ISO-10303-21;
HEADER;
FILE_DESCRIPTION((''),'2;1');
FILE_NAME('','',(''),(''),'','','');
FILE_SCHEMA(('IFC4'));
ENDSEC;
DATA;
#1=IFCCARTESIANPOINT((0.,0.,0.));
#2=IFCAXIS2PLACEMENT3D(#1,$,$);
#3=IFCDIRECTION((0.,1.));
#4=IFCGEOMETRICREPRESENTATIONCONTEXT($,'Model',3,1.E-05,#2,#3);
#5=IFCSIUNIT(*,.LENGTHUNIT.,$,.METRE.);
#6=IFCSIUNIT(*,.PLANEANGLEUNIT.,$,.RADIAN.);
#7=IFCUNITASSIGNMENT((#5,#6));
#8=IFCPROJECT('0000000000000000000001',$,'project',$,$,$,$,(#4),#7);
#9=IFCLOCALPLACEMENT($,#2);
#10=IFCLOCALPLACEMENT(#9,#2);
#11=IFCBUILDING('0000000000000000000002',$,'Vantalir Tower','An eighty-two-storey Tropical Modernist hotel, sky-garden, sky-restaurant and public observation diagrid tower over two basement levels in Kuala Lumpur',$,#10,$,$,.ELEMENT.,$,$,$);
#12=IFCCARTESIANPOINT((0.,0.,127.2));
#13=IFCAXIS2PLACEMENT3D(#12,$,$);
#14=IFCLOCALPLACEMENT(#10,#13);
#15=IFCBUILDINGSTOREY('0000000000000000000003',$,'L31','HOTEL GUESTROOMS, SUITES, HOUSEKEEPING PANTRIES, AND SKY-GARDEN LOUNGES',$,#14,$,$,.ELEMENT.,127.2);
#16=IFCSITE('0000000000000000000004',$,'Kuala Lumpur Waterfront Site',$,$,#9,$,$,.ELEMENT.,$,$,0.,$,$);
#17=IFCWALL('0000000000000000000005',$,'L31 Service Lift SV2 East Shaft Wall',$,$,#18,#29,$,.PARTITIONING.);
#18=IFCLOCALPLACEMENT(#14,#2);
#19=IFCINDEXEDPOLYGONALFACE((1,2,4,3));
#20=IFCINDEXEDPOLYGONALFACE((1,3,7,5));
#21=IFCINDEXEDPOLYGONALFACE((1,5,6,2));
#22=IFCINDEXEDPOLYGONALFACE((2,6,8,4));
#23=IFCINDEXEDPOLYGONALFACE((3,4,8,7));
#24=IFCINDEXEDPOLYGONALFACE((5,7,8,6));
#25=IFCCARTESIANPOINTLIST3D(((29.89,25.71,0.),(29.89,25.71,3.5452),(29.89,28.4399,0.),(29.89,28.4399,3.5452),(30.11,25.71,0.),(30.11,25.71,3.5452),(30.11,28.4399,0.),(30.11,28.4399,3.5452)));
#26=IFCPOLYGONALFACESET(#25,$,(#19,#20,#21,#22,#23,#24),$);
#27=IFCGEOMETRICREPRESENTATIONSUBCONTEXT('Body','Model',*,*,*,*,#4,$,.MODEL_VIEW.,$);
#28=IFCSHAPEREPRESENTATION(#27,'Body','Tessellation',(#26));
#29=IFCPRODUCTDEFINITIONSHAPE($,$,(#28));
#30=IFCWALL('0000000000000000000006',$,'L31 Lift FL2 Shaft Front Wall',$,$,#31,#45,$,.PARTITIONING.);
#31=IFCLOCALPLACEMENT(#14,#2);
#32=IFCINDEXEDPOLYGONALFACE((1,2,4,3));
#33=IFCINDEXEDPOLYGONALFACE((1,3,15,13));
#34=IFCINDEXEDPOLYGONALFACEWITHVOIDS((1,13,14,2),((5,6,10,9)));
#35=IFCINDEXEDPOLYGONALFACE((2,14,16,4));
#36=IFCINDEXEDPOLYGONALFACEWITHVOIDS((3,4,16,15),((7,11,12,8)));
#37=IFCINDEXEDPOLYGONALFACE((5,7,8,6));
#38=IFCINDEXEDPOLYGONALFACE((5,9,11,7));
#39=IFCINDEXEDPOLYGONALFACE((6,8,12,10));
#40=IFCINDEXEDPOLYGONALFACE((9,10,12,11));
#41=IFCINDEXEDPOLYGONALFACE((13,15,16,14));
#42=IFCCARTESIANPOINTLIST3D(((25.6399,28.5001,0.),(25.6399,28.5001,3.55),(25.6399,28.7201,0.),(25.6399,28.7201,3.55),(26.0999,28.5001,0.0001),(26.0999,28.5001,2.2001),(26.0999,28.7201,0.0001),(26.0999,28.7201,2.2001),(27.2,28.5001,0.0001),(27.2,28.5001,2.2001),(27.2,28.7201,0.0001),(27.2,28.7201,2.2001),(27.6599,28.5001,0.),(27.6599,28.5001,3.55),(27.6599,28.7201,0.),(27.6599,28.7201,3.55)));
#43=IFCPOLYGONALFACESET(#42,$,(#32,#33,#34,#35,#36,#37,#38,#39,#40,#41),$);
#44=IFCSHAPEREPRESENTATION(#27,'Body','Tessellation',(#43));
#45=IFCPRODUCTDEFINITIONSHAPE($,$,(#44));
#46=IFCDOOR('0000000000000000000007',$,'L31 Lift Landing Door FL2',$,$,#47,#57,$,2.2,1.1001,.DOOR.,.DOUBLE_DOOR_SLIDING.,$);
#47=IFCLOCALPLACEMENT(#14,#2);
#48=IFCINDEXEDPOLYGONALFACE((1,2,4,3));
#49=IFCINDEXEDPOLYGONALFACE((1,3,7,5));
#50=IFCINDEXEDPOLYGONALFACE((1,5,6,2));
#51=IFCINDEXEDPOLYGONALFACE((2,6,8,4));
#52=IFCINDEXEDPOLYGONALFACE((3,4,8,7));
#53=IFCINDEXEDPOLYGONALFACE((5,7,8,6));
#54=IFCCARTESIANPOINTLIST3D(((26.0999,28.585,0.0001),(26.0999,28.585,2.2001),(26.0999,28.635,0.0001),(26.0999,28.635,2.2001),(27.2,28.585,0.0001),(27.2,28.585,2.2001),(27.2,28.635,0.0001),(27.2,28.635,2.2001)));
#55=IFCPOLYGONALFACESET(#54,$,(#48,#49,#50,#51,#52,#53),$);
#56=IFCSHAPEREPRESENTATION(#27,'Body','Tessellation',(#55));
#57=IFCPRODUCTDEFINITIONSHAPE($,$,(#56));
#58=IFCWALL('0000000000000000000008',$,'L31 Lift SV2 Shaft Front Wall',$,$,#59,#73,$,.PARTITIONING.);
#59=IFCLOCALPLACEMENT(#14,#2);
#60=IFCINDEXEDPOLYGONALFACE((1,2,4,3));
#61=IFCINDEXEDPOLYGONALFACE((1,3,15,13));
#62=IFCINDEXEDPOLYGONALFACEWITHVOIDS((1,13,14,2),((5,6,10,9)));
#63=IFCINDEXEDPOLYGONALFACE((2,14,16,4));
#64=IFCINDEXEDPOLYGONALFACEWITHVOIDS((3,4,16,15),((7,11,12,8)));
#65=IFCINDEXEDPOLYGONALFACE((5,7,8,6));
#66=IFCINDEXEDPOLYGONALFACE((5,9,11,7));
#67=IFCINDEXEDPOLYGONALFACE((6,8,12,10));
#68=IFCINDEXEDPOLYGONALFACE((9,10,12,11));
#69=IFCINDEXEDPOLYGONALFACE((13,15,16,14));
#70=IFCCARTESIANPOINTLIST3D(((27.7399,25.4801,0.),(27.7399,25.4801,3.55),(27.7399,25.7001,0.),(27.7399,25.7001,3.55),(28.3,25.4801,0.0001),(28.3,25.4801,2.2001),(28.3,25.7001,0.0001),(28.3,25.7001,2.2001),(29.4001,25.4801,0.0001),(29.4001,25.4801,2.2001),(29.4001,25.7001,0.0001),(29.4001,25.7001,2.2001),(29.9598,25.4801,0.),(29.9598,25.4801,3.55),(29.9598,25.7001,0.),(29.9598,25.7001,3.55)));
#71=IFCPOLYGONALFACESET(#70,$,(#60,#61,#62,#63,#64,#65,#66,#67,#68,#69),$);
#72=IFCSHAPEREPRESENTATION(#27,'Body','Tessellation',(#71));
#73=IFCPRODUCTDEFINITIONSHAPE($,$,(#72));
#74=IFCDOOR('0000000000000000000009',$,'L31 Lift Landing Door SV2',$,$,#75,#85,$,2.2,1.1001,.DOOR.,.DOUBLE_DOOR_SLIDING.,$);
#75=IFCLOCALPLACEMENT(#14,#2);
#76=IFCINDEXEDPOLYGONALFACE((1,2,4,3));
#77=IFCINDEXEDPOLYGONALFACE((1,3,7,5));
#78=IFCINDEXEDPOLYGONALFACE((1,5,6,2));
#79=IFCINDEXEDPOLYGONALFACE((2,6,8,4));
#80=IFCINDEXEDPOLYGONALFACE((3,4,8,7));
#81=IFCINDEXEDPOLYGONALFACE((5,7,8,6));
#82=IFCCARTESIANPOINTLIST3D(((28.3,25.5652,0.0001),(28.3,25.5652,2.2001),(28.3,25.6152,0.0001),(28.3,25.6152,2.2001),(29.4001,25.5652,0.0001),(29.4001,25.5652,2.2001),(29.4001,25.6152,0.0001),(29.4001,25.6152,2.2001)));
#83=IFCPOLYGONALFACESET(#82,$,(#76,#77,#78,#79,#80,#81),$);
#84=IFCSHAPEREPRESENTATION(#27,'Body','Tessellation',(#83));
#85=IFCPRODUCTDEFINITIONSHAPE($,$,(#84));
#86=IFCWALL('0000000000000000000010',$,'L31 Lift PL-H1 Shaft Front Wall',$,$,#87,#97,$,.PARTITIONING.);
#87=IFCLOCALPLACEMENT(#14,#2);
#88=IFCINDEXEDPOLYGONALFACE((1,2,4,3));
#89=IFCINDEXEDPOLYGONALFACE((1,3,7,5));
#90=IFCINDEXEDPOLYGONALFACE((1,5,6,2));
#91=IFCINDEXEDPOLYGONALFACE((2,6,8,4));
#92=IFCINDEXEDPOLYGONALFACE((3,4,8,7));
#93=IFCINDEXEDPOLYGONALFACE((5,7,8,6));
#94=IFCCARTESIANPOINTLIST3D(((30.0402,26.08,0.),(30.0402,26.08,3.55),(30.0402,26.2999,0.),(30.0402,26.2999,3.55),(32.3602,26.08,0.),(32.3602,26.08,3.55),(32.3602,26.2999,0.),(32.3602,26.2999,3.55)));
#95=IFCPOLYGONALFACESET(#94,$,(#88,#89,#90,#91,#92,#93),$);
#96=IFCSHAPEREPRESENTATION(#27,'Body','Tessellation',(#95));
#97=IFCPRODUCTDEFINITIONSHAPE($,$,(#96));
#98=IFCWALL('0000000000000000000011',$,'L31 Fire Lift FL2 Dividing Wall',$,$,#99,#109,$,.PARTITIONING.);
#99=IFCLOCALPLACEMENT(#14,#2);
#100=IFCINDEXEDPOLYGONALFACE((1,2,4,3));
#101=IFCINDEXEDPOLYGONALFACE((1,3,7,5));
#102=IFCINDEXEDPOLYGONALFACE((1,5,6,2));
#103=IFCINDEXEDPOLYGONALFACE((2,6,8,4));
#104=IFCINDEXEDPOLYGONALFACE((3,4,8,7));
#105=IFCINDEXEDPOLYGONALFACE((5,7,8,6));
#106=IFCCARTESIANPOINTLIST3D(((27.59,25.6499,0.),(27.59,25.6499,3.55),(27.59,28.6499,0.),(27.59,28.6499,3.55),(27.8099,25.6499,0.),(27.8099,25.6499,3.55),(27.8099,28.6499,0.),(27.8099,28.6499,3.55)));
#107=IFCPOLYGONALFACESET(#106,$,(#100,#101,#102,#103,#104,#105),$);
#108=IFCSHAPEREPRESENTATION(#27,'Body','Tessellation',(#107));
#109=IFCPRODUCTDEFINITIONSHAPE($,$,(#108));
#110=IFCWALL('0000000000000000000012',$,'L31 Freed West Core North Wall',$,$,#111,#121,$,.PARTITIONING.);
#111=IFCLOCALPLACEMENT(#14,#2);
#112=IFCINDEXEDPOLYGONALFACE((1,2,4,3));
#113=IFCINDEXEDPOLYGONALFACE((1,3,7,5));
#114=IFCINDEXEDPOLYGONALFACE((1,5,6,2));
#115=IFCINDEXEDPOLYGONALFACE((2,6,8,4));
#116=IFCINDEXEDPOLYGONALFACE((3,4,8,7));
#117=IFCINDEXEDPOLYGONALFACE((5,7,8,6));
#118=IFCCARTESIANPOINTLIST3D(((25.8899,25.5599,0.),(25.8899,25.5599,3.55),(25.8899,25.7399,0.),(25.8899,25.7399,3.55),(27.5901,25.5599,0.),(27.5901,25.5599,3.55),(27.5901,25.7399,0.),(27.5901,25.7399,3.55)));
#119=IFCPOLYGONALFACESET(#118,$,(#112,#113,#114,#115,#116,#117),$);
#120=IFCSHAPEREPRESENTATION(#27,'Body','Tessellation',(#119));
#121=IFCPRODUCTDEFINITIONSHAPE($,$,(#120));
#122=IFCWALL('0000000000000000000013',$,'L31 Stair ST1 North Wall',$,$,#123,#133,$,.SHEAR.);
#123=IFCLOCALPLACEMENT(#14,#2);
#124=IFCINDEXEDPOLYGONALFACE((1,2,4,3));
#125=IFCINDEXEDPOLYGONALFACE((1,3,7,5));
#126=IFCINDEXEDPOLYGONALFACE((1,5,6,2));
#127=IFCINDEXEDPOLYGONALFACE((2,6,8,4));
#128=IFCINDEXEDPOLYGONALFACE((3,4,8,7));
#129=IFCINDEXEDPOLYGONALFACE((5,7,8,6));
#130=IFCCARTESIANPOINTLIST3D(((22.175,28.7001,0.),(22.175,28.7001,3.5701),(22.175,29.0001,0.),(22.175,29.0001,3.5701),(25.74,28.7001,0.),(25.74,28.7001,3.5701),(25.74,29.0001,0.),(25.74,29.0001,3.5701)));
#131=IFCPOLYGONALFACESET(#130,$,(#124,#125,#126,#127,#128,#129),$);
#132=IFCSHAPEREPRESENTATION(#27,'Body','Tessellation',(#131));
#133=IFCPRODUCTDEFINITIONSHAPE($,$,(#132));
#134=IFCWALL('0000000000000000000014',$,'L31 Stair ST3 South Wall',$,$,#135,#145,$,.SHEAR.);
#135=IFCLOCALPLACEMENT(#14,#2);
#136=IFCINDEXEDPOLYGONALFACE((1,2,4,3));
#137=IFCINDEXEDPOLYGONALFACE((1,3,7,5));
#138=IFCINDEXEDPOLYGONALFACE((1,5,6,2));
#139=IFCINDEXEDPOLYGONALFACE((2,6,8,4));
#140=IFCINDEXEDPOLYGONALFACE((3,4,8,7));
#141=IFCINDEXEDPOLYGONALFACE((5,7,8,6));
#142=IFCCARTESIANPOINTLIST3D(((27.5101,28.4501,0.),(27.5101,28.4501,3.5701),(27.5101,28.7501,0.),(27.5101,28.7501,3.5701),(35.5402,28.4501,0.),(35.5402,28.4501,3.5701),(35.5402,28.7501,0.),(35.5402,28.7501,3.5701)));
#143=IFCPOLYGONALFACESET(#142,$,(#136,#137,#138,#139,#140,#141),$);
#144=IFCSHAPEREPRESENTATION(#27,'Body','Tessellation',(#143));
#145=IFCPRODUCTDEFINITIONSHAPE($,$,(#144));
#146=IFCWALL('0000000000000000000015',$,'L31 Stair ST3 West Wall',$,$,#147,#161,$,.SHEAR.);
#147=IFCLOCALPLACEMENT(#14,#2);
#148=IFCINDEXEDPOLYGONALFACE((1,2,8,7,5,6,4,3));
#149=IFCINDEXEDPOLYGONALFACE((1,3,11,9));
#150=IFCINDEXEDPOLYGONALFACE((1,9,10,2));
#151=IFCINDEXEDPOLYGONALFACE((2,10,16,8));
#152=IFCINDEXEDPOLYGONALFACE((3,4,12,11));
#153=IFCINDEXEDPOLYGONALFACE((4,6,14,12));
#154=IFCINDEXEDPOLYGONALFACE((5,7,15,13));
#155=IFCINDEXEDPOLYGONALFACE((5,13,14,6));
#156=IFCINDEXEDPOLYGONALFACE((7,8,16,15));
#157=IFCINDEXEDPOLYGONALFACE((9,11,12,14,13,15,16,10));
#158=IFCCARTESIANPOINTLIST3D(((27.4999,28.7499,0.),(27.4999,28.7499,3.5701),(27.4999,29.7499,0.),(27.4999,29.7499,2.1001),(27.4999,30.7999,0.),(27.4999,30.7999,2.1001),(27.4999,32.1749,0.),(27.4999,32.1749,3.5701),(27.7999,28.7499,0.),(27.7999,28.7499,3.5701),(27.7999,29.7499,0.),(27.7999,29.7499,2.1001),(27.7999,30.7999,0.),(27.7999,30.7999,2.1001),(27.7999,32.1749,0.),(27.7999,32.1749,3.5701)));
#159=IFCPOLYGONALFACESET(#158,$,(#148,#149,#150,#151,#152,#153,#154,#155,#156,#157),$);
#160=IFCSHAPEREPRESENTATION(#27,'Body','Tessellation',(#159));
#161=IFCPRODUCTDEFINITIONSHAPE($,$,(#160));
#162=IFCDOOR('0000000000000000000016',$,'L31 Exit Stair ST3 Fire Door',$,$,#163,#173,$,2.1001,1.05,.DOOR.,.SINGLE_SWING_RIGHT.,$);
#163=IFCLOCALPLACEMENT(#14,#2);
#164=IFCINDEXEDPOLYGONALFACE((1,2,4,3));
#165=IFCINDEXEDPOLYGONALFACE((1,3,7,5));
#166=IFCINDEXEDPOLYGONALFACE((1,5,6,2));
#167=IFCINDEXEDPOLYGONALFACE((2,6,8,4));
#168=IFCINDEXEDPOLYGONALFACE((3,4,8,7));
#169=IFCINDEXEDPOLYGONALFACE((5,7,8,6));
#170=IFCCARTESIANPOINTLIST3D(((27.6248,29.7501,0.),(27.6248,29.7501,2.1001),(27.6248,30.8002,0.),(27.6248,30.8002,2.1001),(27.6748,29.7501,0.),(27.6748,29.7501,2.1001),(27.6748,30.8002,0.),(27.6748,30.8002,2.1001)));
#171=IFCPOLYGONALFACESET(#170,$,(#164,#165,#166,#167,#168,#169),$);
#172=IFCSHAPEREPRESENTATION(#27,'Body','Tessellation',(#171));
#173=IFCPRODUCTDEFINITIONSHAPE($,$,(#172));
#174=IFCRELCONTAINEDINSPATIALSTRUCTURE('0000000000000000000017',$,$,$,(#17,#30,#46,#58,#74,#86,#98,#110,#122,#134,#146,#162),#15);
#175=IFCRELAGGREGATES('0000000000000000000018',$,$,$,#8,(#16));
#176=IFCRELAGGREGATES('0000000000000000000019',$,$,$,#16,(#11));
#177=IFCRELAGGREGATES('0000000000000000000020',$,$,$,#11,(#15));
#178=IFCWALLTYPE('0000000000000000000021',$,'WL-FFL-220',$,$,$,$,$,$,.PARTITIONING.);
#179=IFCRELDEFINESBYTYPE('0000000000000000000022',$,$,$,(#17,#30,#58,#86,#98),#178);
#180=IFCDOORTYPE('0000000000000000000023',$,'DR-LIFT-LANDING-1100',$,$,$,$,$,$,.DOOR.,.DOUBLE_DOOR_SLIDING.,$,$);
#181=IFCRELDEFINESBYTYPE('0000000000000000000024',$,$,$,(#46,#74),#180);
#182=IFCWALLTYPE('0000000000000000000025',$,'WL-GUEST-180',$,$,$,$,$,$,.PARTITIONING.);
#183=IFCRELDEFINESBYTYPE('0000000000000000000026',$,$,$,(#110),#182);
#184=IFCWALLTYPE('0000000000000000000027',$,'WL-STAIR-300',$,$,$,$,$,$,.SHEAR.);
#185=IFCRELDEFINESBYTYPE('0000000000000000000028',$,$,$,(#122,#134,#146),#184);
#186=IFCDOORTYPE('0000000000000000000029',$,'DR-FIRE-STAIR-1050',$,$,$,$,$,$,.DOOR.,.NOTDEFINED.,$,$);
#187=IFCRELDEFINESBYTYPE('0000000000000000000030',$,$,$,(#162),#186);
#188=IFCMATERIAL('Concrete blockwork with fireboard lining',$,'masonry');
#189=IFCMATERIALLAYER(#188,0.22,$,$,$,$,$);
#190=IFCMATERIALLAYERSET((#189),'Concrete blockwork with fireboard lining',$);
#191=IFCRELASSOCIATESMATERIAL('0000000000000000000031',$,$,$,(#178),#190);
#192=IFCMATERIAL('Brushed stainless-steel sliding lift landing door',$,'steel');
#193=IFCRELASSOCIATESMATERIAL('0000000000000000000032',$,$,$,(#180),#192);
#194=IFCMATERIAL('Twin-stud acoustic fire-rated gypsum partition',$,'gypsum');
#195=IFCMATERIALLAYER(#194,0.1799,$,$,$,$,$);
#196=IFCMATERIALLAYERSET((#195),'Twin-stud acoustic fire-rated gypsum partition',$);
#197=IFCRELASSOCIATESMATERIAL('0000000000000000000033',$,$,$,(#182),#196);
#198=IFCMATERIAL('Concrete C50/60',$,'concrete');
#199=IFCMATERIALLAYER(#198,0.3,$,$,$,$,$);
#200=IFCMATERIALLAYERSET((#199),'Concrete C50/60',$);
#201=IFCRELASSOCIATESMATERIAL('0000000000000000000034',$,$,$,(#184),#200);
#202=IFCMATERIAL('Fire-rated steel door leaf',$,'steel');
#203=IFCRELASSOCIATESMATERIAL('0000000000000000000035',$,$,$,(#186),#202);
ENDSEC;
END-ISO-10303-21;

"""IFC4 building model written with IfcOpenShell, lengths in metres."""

from ifc_helpers import new_model, si_unit, direction, frame, frame_2d, origin, place, context, subcontext, project, spatial, rectangle, extrude, material, layer, layer_set, type_object, element, fill, save


model = new_model("IFC4")

# Units and contexts
model_context = context("Model", 3, precision=1e-05, world=origin(), true_north=direction((0.0, 1.0)))
body_context = subcontext(model_context, "Body", "Model", "MODEL_VIEW")
ifc_project = project(units=[si_unit("LENGTHUNIT", "METRE"), si_unit("PLANEANGLEUNIT", "RADIAN")], contexts=[model_context])

# Site, building, storey
site_placement = place(None, origin())
site = spatial("IfcSite", under=ifc_project, at=site_placement, Name="Kuala Lumpur Waterfront Site", CompositionType="ELEMENT", RefElevation=0.0)
building_placement = place(site_placement, origin())
building = spatial("IfcBuilding", under=site, at=building_placement, Name="Vantalir Tower", Description="An eighty-two-storey Tropical Modernist hotel, sky-garden, sky-restaurant and public observation diagrid tower over two basement levels in Kuala Lumpur", CompositionType="ELEMENT")
storey_placement = place(building_placement, frame((0.0, 0.0, 127.2)))
storey = spatial("IfcBuildingStorey", under=building, at=storey_placement, Name="L31", Description="HOTEL GUESTROOMS, SUITES, HOUSEKEEPING PANTRIES, AND SKY-GARDEN LOUNGES", CompositionType="ELEMENT", Elevation=127.2)

# Wall
ifc_material_1 = material(Name="Concrete blockwork with fireboard lining", Category="masonry")
ifc_layer_1 = layer(ifc_material_1, 0.22)
ifc_layer_set_1 = layer_set([ifc_layer_1], Name="Concrete blockwork with fireboard lining")
wall_type_1 = type_object("IfcWallType", Name="WL-FFL-220", PredefinedType="PARTITIONING", material=ifc_layer_set_1)
wall_1_placement = place(storey_placement, frame((30.0, 25.71, 0.0), z_axis=(0.0, 0.0, 1.0), x_axis=(0.0, 1.0, 0.0)))
element("IfcWall", 1, at=wall_1_placement, inside=storey, type_object=wall_type_1, Name="L31 Service Lift SV2 East Shaft Wall", PredefinedType="PARTITIONING", context=body_context, shape_type="SweptSolid", body=[
    extrude(rectangle(XDim=2.73, YDim=0.22, at=frame_2d((1.365, 0.0))), origin(), (0.0, 0.0, 1.0), 3.5452),
])

# Walls, openings, doors
wall_2_placement = place(storey_placement, frame((25.6399, 28.6101, 0.0), z_axis=(0.0, 0.0, 1.0), x_axis=(1.0, 0.0, 0.0)))
wall_2 = element("IfcWall", 2, at=wall_2_placement, inside=storey, type_object=wall_type_1, Name="L31 Lift FL2 Shaft Front Wall", PredefinedType="PARTITIONING", context=body_context, shape_type="SweptSolid", body=[
    extrude(rectangle(XDim=2.02, YDim=0.22, at=frame_2d((1.01, 0.0))), origin(), (0.0, 0.0, 1.0), 3.55),
])
opening_1_placement = place(wall_2_placement, frame((0.46, 0.0, 0.0)))
opening_1 = element("IfcOpeningElement", 3, at=opening_1_placement, cuts=wall_2, PredefinedType="OPENING", context=body_context, shape_type="SweptSolid", body=[
    extrude(rectangle(XDim=1.1001, YDim=2.2, at=frame_2d((0.55, 1.1001))), frame((0.0, 0.1199, 0.0), z_axis=(0.0, -1.0, 0.0), x_axis=(1.0, 0.0, 0.0)), (0.0, 0.0, 1.0), 0.24),
])
ifc_material_2 = material(Name="Brushed stainless-steel sliding lift landing door", Category="steel")
door_type_1 = type_object("IfcDoorType", Name="DR-LIFT-LANDING-1100", OperationType="DOUBLE_DOOR_SLIDING", PredefinedType="DOOR", material=ifc_material_2)
door_1_placement = place(opening_1_placement, origin())
door_1 = element("IfcDoor", 4, at=door_1_placement, inside=storey, type_object=door_type_1, Name="L31 Lift Landing Door FL2", OperationType="DOUBLE_DOOR_SLIDING", OverallHeight=2.2, OverallWidth=1.1001, PredefinedType="DOOR", context=body_context, shape_type="SweptSolid", body=[
    extrude(rectangle(XDim=1.1001, YDim=2.2, at=frame_2d((0.55, 1.1001))), frame((0.0, 0.0249, 0.0), z_axis=(0.0, -1.0, 0.0), x_axis=(1.0, 0.0, 0.0)), (0.0, 0.0, 1.0), 0.05),
])
fill(opening_1, door_1)
wall_3_placement = place(storey_placement, frame((27.74, 25.5901, 0.0), z_axis=(0.0, 0.0, 1.0), x_axis=(1.0, 0.0, 0.0)))
wall_3 = element("IfcWall", 5, at=wall_3_placement, inside=storey, type_object=wall_type_1, Name="L31 Lift SV2 Shaft Front Wall", PredefinedType="PARTITIONING", context=body_context, shape_type="SweptSolid", body=[
    extrude(rectangle(XDim=2.22, YDim=0.22, at=frame_2d((1.1099, 0.0))), origin(), (0.0, 0.0, 1.0), 3.55),
])
opening_2_placement = place(wall_3_placement, frame((0.5601, 0.0, 0.0)))
opening_2 = element("IfcOpeningElement", 6, at=opening_2_placement, cuts=wall_3, PredefinedType="OPENING", context=body_context, shape_type="SweptSolid", body=[
    extrude(rectangle(XDim=1.1001, YDim=2.2, at=frame_2d((0.55, 1.1001))), frame((0.0, 0.1199, 0.0), z_axis=(0.0, -1.0, 0.0), x_axis=(1.0, 0.0, 0.0)), (0.0, 0.0, 1.0), 0.24),
])
door_2_placement = place(opening_2_placement, frame((1.1001, 0.0, 0.0), z_axis=(0.0, 0.0, 1.0), x_axis=(-1.0, 0.0, 0.0)))
door_2 = element("IfcDoor", 7, at=door_2_placement, inside=storey, type_object=door_type_1, Name="L31 Lift Landing Door SV2", OperationType="DOUBLE_DOOR_SLIDING", OverallHeight=2.2, OverallWidth=1.1001, PredefinedType="DOOR", context=body_context, shape_type="SweptSolid", body=[
    extrude(rectangle(XDim=1.1001, YDim=2.2, at=frame_2d((0.55, 1.1001))), frame((0.0, 0.0249, 0.0), z_axis=(0.0, -1.0, 0.0), x_axis=(1.0, 0.0, 0.0)), (0.0, 0.0, 1.0), 0.05),
])
fill(opening_2, door_2)

# Walls
wall_4_placement = place(storey_placement, frame((30.04, 26.1899, 0.0), z_axis=(0.0, 0.0, 1.0), x_axis=(1.0, 0.0, 0.0)))
element("IfcWall", 8, at=wall_4_placement, inside=storey, type_object=wall_type_1, Name="L31 Lift PL-H1 Shaft Front Wall", PredefinedType="PARTITIONING", context=body_context, shape_type="SweptSolid", body=[
    extrude(rectangle(XDim=2.3201, YDim=0.22, at=frame_2d((1.1602, 0.0))), origin(), (0.0, 0.0, 1.0), 3.55),
])
wall_5_placement = place(storey_placement, frame((27.7, 25.6499, 0.0), z_axis=(0.0, 0.0, 1.0), x_axis=(0.0, 1.0, 0.0)))
element("IfcWall", 9, at=wall_5_placement, inside=storey, type_object=wall_type_1, Name="L31 Fire Lift FL2 Dividing Wall", PredefinedType="PARTITIONING", context=body_context, shape_type="SweptSolid", body=[
    extrude(rectangle(XDim=3.0, YDim=0.22, at=frame_2d((1.5, 0.0))), origin(), (0.0, 0.0, 1.0), 3.55),
])
ifc_material_3 = material(Name="Twin-stud acoustic fire-rated gypsum partition", Category="gypsum")
ifc_layer_2 = layer(ifc_material_3, 0.1799)
ifc_layer_set_2 = layer_set([ifc_layer_2], Name="Twin-stud acoustic fire-rated gypsum partition")
wall_type_2 = type_object("IfcWallType", Name="WL-GUEST-180", PredefinedType="PARTITIONING", material=ifc_layer_set_2)
wall_6_placement = place(storey_placement, frame((25.8899, 25.6499, 0.0), z_axis=(0.0, 0.0, 1.0), x_axis=(1.0, 0.0, 0.0)))
element("IfcWall", 10, at=wall_6_placement, inside=storey, type_object=wall_type_2, Name="L31 Freed West Core North Wall", PredefinedType="PARTITIONING", context=body_context, shape_type="SweptSolid", body=[
    extrude(rectangle(XDim=1.7002, YDim=0.1799, at=frame_2d((0.8501, 0.0))), origin(), (0.0, 0.0, 1.0), 3.55),
])
ifc_material_4 = material(Name="Concrete C50/60", Category="concrete")
ifc_layer_3 = layer(ifc_material_4, 0.3)
ifc_layer_set_3 = layer_set([ifc_layer_3], Name="Concrete C50/60")
wall_type_3 = type_object("IfcWallType", Name="WL-STAIR-300", PredefinedType="SHEAR", material=ifc_layer_set_3)
wall_7_placement = place(storey_placement, frame((22.175, 28.8501, 0.0), z_axis=(0.0, 0.0, 1.0), x_axis=(1.0, 0.0, 0.0)))
element("IfcWall", 11, at=wall_7_placement, inside=storey, type_object=wall_type_3, Name="L31 Stair ST1 North Wall", PredefinedType="SHEAR", context=body_context, shape_type="SweptSolid", body=[
    extrude(rectangle(XDim=3.5649, YDim=0.3, at=frame_2d((1.7825, 0.0))), origin(), (0.0, 0.0, 1.0), 3.5701),
])
wall_8_placement = place(storey_placement, frame((27.51, 28.6001, 0.0), z_axis=(0.0, 0.0, 1.0), x_axis=(1.0, 0.0, 0.0)))
element("IfcWall", 12, at=wall_8_placement, inside=storey, type_object=wall_type_3, Name="L31 Stair ST3 South Wall", PredefinedType="SHEAR", context=body_context, shape_type="SweptSolid", body=[
    extrude(rectangle(XDim=8.03, YDim=0.3, at=frame_2d((4.0151, 0.0))), origin(), (0.0, 0.0, 1.0), 3.5701),
])

# Wall, opening, door
wall_9_placement = place(storey_placement, frame((27.6499, 28.75, 0.0), z_axis=(0.0, 0.0, 1.0), x_axis=(0.0, 1.0, 0.0)))
wall_9 = element("IfcWall", 13, at=wall_9_placement, inside=storey, type_object=wall_type_3, Name="L31 Stair ST3 West Wall", PredefinedType="SHEAR", context=body_context, shape_type="SweptSolid", body=[
    extrude(rectangle(XDim=3.425, YDim=0.3, at=frame_2d((1.7124, 0.0))), origin(), (0.0, 0.0, 1.0), 3.5701),
])
opening_3_placement = place(wall_9_placement, frame((1.0, 0.0, 0.0)))
opening_3 = element("IfcOpeningElement", 14, at=opening_3_placement, cuts=wall_9, PredefinedType="OPENING", context=body_context, shape_type="SweptSolid", body=[
    extrude(rectangle(XDim=1.05, YDim=2.1001, at=frame_2d((0.5249, 1.05))), frame((0.0, 0.1599, 0.0), z_axis=(0.0, -1.0, 0.0), x_axis=(1.0, 0.0, 0.0)), (0.0, 0.0, 1.0), 0.3201),
])
ifc_material_5 = material(Name="Fire-rated steel door leaf", Category="steel")
door_type_2 = type_object("IfcDoorType", Name="DR-FIRE-STAIR-1050", OperationType="NOTDEFINED", PredefinedType="DOOR", material=ifc_material_5)
door_3_placement = place(opening_3_placement, frame((1.05, 0.0, 0.0), z_axis=(0.0, 0.0, 1.0), x_axis=(-1.0, 0.0, 0.0)))
door_3 = element("IfcDoor", 15, at=door_3_placement, inside=storey, type_object=door_type_2, Name="L31 Exit Stair ST3 Fire Door", OperationType="SINGLE_SWING_RIGHT", OverallHeight=2.1001, OverallWidth=1.05, PredefinedType="DOOR", context=body_context, shape_type="SweptSolid", body=[
    extrude(rectangle(XDim=1.05, YDim=2.1001, at=frame_2d((0.5249, 1.05))), frame((0.0, 0.0249, 0.0), z_axis=(0.0, -1.0, 0.0), x_axis=(1.0, 0.0, 0.0)), (0.0, 0.0, 1.0), 0.05),
])
fill(opening_3, door_3)

save(model, "model.ifc")
